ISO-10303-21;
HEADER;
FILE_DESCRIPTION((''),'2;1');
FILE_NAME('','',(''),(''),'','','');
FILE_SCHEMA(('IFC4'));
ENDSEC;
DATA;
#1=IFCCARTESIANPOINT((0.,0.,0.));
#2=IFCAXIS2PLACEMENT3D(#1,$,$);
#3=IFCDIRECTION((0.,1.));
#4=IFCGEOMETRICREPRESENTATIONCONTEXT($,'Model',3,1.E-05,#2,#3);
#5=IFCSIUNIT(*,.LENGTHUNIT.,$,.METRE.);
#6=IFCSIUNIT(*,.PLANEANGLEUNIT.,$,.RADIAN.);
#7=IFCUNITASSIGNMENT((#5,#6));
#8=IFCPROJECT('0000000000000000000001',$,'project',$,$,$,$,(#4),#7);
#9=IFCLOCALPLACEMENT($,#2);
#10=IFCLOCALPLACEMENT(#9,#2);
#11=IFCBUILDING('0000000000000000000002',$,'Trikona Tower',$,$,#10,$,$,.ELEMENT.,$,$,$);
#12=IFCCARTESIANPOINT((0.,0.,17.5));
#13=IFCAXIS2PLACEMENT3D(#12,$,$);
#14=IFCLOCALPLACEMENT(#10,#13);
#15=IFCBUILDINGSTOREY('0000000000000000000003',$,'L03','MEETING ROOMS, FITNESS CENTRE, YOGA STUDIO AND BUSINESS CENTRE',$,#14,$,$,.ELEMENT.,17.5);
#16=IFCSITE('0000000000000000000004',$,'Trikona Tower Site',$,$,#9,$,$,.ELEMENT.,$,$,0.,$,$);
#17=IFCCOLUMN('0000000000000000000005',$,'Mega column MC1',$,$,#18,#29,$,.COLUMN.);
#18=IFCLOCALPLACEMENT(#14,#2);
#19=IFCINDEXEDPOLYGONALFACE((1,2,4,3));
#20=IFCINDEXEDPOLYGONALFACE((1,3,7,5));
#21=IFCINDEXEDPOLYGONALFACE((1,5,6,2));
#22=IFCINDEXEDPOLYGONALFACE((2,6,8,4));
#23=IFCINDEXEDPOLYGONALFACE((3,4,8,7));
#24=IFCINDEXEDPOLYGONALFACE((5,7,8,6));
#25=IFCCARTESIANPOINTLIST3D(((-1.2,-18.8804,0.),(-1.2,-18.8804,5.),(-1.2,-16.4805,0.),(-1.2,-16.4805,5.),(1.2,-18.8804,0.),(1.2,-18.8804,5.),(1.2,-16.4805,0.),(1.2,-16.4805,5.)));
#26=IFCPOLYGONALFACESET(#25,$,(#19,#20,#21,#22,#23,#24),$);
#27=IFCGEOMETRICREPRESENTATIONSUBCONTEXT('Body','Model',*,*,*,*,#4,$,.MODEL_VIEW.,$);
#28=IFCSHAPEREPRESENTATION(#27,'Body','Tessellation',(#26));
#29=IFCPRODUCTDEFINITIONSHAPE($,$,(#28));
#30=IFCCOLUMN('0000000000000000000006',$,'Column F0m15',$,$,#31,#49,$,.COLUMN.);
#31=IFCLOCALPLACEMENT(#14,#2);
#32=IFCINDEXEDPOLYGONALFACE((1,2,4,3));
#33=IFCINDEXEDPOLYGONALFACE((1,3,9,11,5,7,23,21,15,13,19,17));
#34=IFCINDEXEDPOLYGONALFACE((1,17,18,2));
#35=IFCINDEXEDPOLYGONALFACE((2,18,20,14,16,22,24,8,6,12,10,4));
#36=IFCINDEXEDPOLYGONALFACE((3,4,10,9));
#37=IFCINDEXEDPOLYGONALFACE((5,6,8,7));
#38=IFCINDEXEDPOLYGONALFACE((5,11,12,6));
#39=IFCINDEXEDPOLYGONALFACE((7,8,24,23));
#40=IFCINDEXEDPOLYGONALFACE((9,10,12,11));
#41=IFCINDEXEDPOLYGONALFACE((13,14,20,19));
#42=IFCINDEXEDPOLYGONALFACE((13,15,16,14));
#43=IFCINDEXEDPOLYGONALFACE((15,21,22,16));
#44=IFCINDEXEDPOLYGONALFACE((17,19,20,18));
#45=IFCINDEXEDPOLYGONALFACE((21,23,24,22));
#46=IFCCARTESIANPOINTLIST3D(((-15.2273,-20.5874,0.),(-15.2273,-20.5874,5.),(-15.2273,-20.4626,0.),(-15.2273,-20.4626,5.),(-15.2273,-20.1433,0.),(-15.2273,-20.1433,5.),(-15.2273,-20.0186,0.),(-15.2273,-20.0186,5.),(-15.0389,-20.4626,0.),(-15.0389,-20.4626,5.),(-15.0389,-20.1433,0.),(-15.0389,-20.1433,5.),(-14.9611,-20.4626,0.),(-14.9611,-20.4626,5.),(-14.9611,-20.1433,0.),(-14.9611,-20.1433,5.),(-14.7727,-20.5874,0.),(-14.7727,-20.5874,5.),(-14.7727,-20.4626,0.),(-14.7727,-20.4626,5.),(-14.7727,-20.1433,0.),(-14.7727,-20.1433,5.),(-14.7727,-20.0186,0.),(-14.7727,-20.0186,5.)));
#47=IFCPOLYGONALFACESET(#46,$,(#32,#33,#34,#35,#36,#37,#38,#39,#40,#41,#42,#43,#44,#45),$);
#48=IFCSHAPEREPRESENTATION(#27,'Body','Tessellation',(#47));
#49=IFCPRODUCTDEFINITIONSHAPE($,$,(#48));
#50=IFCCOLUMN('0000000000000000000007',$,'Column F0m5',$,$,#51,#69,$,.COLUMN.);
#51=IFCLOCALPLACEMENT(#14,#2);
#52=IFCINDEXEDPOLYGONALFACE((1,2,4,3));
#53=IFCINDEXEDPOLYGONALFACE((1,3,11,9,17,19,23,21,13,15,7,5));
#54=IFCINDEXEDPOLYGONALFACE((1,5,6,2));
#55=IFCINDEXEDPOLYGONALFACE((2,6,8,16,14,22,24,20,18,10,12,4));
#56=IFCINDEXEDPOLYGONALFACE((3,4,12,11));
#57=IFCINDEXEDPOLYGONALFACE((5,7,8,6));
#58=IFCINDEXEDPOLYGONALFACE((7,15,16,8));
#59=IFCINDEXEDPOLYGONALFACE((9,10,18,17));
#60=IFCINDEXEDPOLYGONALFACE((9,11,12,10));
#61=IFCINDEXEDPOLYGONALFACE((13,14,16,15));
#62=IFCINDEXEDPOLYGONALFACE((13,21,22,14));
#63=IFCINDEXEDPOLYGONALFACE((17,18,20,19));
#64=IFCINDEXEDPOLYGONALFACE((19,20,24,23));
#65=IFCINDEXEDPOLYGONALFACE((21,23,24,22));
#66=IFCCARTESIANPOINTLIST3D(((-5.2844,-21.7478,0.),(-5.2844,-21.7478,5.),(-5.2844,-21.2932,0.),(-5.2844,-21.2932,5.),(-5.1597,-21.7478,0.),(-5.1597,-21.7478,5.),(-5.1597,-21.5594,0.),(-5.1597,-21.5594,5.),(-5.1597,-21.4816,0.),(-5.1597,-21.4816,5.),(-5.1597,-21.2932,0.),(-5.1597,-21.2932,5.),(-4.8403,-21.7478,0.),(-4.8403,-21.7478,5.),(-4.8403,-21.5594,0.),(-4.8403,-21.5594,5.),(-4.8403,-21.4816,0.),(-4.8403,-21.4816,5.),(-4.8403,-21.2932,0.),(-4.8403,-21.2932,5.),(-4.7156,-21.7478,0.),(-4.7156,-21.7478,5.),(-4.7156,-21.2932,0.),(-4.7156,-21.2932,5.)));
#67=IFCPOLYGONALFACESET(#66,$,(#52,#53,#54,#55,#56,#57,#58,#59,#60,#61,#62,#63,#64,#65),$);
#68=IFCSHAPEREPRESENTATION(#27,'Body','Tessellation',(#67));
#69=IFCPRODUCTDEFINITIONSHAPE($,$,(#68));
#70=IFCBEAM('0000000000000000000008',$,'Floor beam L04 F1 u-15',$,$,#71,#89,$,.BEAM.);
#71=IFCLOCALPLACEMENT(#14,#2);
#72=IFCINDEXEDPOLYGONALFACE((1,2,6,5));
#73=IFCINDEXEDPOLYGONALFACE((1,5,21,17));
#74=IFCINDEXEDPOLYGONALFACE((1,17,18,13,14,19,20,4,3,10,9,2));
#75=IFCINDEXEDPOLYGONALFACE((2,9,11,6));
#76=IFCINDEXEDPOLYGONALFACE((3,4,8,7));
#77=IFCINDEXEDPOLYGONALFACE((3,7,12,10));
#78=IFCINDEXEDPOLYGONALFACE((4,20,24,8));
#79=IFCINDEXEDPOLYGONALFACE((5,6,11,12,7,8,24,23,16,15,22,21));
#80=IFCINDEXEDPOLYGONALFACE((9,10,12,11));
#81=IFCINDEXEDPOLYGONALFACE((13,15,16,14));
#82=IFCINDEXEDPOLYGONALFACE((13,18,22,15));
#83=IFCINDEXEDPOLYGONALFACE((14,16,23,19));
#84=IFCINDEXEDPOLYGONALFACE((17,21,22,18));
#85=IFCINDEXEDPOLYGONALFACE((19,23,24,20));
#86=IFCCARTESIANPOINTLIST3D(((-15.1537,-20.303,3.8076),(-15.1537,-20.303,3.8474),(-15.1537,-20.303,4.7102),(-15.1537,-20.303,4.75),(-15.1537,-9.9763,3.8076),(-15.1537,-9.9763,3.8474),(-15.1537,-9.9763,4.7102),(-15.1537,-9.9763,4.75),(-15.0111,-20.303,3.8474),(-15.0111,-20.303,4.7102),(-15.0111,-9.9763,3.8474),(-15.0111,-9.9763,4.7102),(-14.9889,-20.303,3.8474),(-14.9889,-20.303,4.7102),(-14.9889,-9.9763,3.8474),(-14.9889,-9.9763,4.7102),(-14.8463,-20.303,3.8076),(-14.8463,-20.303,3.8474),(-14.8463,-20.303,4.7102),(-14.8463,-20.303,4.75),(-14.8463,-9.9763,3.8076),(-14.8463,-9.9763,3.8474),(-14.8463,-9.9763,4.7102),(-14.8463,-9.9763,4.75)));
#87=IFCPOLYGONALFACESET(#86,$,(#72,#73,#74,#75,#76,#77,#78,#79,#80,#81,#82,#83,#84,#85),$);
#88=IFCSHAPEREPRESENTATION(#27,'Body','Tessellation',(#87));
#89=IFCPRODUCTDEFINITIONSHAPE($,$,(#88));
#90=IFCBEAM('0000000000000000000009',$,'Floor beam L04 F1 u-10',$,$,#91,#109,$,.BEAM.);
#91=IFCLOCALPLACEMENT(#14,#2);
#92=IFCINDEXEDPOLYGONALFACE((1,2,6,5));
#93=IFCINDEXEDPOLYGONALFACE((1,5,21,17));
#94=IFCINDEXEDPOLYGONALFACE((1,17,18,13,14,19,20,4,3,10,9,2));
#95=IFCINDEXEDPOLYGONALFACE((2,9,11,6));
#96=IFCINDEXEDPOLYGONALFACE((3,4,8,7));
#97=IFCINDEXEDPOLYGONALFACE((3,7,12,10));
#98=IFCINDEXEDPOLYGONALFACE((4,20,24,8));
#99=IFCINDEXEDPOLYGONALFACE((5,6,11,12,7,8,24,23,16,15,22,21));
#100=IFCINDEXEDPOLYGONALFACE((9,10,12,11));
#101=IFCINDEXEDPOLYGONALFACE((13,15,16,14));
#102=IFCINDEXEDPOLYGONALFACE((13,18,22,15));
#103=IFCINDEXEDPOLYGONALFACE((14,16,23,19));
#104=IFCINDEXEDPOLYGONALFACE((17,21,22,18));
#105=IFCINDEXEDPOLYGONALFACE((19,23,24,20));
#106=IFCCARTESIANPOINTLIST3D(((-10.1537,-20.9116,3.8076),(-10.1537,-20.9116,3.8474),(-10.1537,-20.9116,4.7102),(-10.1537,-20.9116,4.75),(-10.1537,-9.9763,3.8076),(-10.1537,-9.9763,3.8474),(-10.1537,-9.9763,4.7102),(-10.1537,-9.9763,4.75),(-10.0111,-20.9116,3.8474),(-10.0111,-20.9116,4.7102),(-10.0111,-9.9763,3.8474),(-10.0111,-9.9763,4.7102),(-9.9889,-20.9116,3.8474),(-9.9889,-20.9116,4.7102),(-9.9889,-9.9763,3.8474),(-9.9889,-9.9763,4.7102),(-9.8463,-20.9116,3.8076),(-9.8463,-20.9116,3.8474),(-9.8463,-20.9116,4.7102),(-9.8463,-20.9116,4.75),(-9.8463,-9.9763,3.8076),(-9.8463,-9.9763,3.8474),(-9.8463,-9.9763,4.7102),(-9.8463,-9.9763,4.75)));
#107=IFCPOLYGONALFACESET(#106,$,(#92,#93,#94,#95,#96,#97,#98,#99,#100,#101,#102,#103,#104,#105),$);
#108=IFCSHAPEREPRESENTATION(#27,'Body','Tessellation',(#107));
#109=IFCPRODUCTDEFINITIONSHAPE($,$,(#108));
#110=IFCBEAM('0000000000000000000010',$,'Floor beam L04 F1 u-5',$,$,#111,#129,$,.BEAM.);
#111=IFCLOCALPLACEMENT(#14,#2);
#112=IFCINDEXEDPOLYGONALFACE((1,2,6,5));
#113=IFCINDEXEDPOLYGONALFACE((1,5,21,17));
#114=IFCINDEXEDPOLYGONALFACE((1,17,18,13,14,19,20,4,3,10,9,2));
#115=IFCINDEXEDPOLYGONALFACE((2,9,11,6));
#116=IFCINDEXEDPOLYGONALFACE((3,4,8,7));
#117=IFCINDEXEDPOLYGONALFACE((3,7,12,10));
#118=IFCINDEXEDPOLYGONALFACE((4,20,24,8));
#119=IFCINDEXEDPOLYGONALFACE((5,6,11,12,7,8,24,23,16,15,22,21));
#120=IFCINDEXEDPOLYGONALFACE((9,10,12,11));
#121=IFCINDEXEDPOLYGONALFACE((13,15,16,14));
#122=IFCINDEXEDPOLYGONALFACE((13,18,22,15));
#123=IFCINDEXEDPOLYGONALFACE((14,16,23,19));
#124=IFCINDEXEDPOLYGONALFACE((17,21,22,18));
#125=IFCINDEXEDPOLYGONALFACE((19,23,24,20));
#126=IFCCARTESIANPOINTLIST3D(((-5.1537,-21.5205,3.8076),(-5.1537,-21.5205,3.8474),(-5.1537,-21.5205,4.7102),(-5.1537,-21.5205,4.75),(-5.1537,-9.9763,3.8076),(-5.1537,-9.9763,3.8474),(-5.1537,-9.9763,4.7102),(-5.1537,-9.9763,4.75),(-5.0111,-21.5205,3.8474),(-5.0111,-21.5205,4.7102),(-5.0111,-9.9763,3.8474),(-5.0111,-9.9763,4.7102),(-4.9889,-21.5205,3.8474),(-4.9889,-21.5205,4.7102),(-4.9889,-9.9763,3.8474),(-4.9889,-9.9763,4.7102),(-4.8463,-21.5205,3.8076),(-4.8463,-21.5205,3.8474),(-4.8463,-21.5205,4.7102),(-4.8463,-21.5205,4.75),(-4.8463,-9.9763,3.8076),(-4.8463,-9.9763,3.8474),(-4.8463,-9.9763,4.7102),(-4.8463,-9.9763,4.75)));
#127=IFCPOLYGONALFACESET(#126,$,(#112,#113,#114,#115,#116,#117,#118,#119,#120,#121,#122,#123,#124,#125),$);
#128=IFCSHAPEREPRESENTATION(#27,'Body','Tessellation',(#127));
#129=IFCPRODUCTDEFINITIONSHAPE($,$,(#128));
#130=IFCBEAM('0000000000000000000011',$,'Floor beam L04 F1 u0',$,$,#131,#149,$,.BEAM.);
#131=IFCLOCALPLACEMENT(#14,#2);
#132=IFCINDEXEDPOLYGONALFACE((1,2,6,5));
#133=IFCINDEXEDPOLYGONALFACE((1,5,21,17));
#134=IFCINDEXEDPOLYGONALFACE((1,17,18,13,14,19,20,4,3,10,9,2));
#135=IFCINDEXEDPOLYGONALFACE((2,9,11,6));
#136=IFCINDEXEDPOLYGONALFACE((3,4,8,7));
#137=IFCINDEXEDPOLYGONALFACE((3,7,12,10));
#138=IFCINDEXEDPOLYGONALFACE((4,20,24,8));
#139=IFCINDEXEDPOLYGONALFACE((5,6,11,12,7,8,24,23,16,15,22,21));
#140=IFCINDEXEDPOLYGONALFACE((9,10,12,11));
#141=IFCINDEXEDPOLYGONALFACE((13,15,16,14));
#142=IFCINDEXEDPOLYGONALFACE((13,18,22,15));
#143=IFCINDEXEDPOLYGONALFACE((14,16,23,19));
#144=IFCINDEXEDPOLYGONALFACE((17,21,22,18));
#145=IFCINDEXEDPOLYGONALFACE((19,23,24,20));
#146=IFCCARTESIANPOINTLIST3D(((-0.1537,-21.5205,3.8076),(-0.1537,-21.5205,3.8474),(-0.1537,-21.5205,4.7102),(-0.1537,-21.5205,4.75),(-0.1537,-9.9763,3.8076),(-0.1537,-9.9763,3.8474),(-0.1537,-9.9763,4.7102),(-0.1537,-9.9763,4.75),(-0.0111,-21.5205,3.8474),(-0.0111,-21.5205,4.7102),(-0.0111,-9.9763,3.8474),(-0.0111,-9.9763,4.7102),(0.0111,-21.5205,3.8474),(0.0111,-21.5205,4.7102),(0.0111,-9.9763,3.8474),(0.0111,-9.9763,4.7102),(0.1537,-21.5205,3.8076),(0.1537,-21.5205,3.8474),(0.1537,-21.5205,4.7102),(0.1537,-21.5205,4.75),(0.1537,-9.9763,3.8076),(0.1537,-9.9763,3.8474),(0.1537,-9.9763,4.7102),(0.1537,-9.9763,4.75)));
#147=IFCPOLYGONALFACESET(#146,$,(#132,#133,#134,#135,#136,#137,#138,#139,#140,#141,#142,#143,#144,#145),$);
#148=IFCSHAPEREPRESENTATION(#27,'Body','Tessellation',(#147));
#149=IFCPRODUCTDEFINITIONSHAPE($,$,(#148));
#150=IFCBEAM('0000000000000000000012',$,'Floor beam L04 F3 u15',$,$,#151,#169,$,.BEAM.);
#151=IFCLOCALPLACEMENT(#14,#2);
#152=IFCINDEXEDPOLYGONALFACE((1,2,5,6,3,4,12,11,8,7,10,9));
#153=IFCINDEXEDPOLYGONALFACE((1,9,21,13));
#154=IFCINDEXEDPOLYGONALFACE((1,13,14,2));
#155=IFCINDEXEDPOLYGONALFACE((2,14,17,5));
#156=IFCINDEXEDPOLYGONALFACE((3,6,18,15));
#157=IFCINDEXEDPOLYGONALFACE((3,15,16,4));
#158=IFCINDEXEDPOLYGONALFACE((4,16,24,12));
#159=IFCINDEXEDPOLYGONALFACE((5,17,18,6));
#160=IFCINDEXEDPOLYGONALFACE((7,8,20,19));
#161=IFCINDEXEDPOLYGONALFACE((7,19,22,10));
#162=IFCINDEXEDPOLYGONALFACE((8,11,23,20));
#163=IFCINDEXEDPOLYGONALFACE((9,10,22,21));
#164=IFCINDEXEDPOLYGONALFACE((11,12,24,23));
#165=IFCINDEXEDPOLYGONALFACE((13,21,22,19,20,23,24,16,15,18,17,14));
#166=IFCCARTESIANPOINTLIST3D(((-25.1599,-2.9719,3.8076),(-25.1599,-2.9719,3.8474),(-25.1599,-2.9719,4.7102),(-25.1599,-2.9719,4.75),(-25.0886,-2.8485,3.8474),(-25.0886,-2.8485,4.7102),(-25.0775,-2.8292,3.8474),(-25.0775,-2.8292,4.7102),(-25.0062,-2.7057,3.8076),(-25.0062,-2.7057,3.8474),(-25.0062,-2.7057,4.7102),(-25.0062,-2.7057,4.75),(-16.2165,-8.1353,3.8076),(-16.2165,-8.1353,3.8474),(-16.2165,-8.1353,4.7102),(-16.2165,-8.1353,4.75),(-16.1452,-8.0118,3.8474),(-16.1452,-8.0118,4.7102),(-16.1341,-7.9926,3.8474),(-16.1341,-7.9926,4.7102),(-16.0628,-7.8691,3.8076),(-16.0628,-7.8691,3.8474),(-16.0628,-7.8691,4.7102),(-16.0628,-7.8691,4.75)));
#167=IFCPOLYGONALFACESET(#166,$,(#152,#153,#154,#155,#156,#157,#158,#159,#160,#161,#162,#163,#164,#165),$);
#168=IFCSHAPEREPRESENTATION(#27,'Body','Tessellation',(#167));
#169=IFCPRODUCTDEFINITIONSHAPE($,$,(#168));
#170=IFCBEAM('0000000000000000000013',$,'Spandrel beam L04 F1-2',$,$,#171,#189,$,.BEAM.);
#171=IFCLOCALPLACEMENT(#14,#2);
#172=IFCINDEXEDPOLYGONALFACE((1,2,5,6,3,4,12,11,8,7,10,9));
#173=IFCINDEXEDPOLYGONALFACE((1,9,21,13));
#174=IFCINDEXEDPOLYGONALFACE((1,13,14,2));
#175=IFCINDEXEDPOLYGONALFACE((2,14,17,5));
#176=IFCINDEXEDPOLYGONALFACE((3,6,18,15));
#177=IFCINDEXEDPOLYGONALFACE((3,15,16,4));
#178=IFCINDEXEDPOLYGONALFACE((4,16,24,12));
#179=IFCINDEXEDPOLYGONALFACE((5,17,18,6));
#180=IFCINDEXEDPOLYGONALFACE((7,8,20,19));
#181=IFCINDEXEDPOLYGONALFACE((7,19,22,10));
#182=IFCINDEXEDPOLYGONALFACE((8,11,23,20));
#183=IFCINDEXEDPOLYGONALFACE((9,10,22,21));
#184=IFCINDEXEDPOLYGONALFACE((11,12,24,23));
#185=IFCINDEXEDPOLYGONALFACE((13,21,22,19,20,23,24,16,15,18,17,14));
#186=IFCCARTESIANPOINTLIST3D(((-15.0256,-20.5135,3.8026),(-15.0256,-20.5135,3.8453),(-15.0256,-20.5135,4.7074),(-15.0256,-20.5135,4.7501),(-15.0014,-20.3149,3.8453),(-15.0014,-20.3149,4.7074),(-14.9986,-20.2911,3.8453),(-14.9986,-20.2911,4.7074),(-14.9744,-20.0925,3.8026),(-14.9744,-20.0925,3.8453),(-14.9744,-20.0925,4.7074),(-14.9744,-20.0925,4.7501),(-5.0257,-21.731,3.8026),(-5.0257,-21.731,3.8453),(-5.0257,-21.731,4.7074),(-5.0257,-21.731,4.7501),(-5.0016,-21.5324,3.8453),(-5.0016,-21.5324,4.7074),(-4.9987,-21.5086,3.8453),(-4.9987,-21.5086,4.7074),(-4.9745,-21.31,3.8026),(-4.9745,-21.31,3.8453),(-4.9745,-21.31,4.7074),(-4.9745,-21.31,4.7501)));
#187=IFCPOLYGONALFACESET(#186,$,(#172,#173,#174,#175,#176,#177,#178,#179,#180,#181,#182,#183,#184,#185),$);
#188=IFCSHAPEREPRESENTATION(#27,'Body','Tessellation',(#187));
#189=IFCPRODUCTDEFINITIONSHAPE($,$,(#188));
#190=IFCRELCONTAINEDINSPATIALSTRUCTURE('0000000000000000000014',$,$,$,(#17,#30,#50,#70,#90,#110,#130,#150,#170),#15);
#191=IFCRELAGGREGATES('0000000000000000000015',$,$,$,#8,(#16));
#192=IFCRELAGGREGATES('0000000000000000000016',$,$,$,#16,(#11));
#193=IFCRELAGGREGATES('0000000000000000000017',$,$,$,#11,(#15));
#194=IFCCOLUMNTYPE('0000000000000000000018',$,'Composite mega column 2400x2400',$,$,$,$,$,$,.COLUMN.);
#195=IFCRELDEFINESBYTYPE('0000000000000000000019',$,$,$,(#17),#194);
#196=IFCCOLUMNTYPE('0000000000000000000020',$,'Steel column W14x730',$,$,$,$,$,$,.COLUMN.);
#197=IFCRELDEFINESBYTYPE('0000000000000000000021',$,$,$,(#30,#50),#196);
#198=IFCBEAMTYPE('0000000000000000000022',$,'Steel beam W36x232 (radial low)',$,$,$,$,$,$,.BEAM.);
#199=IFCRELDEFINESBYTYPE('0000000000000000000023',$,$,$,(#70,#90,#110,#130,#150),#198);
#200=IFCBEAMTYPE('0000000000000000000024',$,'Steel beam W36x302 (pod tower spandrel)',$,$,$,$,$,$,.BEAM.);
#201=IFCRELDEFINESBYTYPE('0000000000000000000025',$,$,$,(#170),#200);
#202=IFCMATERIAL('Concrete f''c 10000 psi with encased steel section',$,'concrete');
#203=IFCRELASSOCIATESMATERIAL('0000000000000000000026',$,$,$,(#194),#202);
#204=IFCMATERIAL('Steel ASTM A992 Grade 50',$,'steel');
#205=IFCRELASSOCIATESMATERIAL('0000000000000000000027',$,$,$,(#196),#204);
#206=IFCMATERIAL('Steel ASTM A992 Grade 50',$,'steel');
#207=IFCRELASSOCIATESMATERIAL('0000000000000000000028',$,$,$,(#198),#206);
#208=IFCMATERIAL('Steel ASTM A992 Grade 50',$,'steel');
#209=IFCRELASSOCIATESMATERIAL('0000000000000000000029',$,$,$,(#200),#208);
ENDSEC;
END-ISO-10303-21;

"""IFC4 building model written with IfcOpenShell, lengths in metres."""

from ifc_helpers import new_model, si_unit, direction, frame, origin, origin_2d, place, context, subcontext, project, spatial, rectangle, i_section, extrude, material, material_profile, profile_set, type_object, element, save


model = new_model("IFC4")

# Units and contexts
model_context = context("Model", 3, precision=1e-05, world=origin(), true_north=direction((0.0, 1.0)))
body_context = subcontext(model_context, "Body", "Model", "MODEL_VIEW")
ifc_project = project(units=[si_unit("LENGTHUNIT", "METRE"), si_unit("PLANEANGLEUNIT", "RADIAN")], contexts=[model_context])

# Site, building, storey
site_placement = place(None, origin())
site = spatial("IfcSite", under=ifc_project, at=site_placement, Name="Trikona Tower Site", CompositionType="ELEMENT", RefElevation=0.0)
building_placement = place(site_placement, origin())
building = spatial("IfcBuilding", under=site, at=building_placement, Name="Trikona Tower", CompositionType="ELEMENT")
storey_placement = place(building_placement, frame((0.0, 0.0, 17.5)))
storey = spatial("IfcBuildingStorey", under=building, at=storey_placement, Name="L03", Description="MEETING ROOMS, FITNESS CENTRE, YOGA STUDIO AND BUSINESS CENTRE", CompositionType="ELEMENT", Elevation=17.5)

# Columns
ifc_material_1 = material(Name="Concrete f'c 10000 psi with encased steel section", Category="concrete")
ifc_material_profile_1 = material_profile(ifc_material_1, rectangle(XDim=2.3999, YDim=2.3999, at=origin_2d()), Name="MC2400")
ifc_profile_set_1 = profile_set([ifc_material_profile_1], Name="Concrete f'c 10000 psi with encased steel section")
column_type_1 = type_object("IfcColumnType", Name="Composite mega column 2400x2400", PredefinedType="COLUMN", material=ifc_profile_set_1)
column_placement = place(storey_placement, frame((0.0, -17.6804, 0.0), z_axis=(0.0, 0.0, 1.0), x_axis=(0.0, -1.0, 0.0)))
element("IfcColumn", 1, at=column_placement, inside=storey, type_object=column_type_1, Name="Mega column MC1", PredefinedType="COLUMN", context=body_context, shape_type="SweptSolid", body=[
    extrude(rectangle(XDim=2.3999, YDim=2.3999, at=origin_2d()), origin(), (0.0, 0.0, 1.0), 5.0),
])
ifc_material_2 = material(Name="Steel ASTM A992 Grade 50", Category="steel")
ifc_material_profile_2 = material_profile(ifc_material_2, i_section(OverallWidth=0.4546, OverallDepth=0.5688, WebThickness=0.0779, FlangeThickness=0.1248, at=origin_2d()), Name="W14X730")
ifc_profile_set_2 = profile_set([ifc_material_profile_2], Name="Steel ASTM A992 Grade 50")
column_type_2 = type_object("IfcColumnType", Name="Steel column W14x730", PredefinedType="COLUMN", material=ifc_profile_set_2)
for number, where, z_axis, x_axis, name in (
    (2, (-15.0, -20.303, 0.0), (0.0, 0.0, 1.0), (1.0, 0.0, 0.0), "Column F0m15"),
    (3, (-5.0, -21.5205, 0.0), (0.0, 0.0, 1.0), (0.0, -1.0, 0.0), "Column F0m5"),
):
    element("IfcColumn", number, at=place(storey_placement, frame(where, z_axis=z_axis, x_axis=x_axis)), inside=storey, type_object=column_type_2, Name=name, PredefinedType="COLUMN", context=body_context, shape_type="SweptSolid", body=[
        extrude(i_section(OverallWidth=0.4546, OverallDepth=0.5688, WebThickness=0.0779, FlangeThickness=0.1248, at=origin_2d()), origin(), (0.0, 0.0, 1.0), 5.0),
    ])

# Beams
ifc_material_3 = material(Name="Steel ASTM A992 Grade 50", Category="steel")
ifc_material_profile_3 = material_profile(ifc_material_3, i_section(OverallWidth=0.3074, OverallDepth=0.9424, WebThickness=0.0222, FlangeThickness=0.0398, at=origin_2d()), Name="W36X232")
ifc_profile_set_3 = profile_set([ifc_material_profile_3], Name="Steel ASTM A992 Grade 50")
beam_type_1 = type_object("IfcBeamType", Name="Steel beam W36x232 (radial low)", PredefinedType="BEAM", material=ifc_profile_set_3)
beam_1_placement = place(storey_placement, frame((-15.0, -9.9763, 4.2788), z_axis=(0.0, -1.0, 0.0), x_axis=(1.0, 0.0, 0.0)))
element("IfcBeam", 4, at=beam_1_placement, inside=storey, type_object=beam_type_1, Name="Floor beam L04 F1 u-15", PredefinedType="BEAM", context=body_context, shape_type="SweptSolid", body=[
    extrude(i_section(OverallWidth=0.3074, OverallDepth=0.9424, WebThickness=0.0222, FlangeThickness=0.0398, at=origin_2d()), origin(), (0.0, 0.0, 1.0), 10.3267),
])
beam_2_placement = place(storey_placement, frame((-10.0, -9.9763, 4.2788), z_axis=(0.0, -1.0, 0.0), x_axis=(1.0, 0.0, 0.0)))
element("IfcBeam", 5, at=beam_2_placement, inside=storey, type_object=beam_type_1, Name="Floor beam L04 F1 u-10", PredefinedType="BEAM", context=body_context, shape_type="SweptSolid", body=[
    extrude(i_section(OverallWidth=0.3074, OverallDepth=0.9424, WebThickness=0.0222, FlangeThickness=0.0398, at=origin_2d()), origin(), (0.0, 0.0, 1.0), 10.9353),
])
for number, where, z_axis, x_axis, name in (
    (6, (-5.0, -9.9763, 4.2788), (0.0, -1.0, 0.0), (1.0, 0.0, 0.0), "Floor beam L04 F1 u-5"),
    (7, (0.0, -9.9763, 4.2788), (0.0, -1.0, 0.0), (1.0, 0.0, 0.0), "Floor beam L04 F1 u0"),
):
    element("IfcBeam", number, at=place(storey_placement, frame(where, z_axis=z_axis, x_axis=x_axis)), inside=storey, type_object=beam_type_1, Name=name, PredefinedType="BEAM", context=body_context, shape_type="SweptSolid", body=[
        extrude(i_section(OverallWidth=0.3074, OverallDepth=0.9424, WebThickness=0.0222, FlangeThickness=0.0398, at=origin_2d()), origin(), (0.0, 0.0, 1.0), 11.5442),
    ])
beam_3_placement = place(storey_placement, frame((-16.1396, -8.0022, 4.2788), z_axis=(-0.86603, 0.499991, 0.0), x_axis=(-0.499991, -0.86603, 0.0)))
element("IfcBeam", 8, at=beam_3_placement, inside=storey, type_object=beam_type_1, Name="Floor beam L04 F3 u15", PredefinedType="BEAM", context=body_context, shape_type="SweptSolid", body=[
    extrude(i_section(OverallWidth=0.3074, OverallDepth=0.9424, WebThickness=0.0222, FlangeThickness=0.0398, at=origin_2d()), origin(), (0.0, 0.0, 1.0), 10.3269),
])
ifc_material_4 = material(Name="Steel ASTM A992 Grade 50", Category="steel")
ifc_material_profile_4 = material_profile(ifc_material_4, i_section(OverallWidth=0.4241, OverallDepth=0.9475, WebThickness=0.0239, FlangeThickness=0.0427, at=origin_2d()), Name="W36X302")
ifc_profile_set_4 = profile_set([ifc_material_profile_4], Name="Steel ASTM A992 Grade 50")
beam_type_2 = type_object("IfcBeamType", Name="Steel beam W36x302 (pod tower spandrel)", PredefinedType="BEAM", material=ifc_profile_set_4)
beam_4_placement = place(storey_placement, frame((-15.0, -20.303, 4.2764), z_axis=(0.99267, -0.12086, 0.0), x_axis=(0.12086, 0.99267, 0.0)))
element("IfcBeam", 9, at=beam_4_placement, inside=storey, type_object=beam_type_2, Name="Spandrel beam L04 F1-2", PredefinedType="BEAM", context=body_context, shape_type="SweptSolid", body=[
    extrude(i_section(OverallWidth=0.4241, OverallDepth=0.9475, WebThickness=0.0239, FlangeThickness=0.0427, at=origin_2d()), origin(), (0.0, 0.0, 1.0), 10.0737),
])

save(model, "model.ifc")
